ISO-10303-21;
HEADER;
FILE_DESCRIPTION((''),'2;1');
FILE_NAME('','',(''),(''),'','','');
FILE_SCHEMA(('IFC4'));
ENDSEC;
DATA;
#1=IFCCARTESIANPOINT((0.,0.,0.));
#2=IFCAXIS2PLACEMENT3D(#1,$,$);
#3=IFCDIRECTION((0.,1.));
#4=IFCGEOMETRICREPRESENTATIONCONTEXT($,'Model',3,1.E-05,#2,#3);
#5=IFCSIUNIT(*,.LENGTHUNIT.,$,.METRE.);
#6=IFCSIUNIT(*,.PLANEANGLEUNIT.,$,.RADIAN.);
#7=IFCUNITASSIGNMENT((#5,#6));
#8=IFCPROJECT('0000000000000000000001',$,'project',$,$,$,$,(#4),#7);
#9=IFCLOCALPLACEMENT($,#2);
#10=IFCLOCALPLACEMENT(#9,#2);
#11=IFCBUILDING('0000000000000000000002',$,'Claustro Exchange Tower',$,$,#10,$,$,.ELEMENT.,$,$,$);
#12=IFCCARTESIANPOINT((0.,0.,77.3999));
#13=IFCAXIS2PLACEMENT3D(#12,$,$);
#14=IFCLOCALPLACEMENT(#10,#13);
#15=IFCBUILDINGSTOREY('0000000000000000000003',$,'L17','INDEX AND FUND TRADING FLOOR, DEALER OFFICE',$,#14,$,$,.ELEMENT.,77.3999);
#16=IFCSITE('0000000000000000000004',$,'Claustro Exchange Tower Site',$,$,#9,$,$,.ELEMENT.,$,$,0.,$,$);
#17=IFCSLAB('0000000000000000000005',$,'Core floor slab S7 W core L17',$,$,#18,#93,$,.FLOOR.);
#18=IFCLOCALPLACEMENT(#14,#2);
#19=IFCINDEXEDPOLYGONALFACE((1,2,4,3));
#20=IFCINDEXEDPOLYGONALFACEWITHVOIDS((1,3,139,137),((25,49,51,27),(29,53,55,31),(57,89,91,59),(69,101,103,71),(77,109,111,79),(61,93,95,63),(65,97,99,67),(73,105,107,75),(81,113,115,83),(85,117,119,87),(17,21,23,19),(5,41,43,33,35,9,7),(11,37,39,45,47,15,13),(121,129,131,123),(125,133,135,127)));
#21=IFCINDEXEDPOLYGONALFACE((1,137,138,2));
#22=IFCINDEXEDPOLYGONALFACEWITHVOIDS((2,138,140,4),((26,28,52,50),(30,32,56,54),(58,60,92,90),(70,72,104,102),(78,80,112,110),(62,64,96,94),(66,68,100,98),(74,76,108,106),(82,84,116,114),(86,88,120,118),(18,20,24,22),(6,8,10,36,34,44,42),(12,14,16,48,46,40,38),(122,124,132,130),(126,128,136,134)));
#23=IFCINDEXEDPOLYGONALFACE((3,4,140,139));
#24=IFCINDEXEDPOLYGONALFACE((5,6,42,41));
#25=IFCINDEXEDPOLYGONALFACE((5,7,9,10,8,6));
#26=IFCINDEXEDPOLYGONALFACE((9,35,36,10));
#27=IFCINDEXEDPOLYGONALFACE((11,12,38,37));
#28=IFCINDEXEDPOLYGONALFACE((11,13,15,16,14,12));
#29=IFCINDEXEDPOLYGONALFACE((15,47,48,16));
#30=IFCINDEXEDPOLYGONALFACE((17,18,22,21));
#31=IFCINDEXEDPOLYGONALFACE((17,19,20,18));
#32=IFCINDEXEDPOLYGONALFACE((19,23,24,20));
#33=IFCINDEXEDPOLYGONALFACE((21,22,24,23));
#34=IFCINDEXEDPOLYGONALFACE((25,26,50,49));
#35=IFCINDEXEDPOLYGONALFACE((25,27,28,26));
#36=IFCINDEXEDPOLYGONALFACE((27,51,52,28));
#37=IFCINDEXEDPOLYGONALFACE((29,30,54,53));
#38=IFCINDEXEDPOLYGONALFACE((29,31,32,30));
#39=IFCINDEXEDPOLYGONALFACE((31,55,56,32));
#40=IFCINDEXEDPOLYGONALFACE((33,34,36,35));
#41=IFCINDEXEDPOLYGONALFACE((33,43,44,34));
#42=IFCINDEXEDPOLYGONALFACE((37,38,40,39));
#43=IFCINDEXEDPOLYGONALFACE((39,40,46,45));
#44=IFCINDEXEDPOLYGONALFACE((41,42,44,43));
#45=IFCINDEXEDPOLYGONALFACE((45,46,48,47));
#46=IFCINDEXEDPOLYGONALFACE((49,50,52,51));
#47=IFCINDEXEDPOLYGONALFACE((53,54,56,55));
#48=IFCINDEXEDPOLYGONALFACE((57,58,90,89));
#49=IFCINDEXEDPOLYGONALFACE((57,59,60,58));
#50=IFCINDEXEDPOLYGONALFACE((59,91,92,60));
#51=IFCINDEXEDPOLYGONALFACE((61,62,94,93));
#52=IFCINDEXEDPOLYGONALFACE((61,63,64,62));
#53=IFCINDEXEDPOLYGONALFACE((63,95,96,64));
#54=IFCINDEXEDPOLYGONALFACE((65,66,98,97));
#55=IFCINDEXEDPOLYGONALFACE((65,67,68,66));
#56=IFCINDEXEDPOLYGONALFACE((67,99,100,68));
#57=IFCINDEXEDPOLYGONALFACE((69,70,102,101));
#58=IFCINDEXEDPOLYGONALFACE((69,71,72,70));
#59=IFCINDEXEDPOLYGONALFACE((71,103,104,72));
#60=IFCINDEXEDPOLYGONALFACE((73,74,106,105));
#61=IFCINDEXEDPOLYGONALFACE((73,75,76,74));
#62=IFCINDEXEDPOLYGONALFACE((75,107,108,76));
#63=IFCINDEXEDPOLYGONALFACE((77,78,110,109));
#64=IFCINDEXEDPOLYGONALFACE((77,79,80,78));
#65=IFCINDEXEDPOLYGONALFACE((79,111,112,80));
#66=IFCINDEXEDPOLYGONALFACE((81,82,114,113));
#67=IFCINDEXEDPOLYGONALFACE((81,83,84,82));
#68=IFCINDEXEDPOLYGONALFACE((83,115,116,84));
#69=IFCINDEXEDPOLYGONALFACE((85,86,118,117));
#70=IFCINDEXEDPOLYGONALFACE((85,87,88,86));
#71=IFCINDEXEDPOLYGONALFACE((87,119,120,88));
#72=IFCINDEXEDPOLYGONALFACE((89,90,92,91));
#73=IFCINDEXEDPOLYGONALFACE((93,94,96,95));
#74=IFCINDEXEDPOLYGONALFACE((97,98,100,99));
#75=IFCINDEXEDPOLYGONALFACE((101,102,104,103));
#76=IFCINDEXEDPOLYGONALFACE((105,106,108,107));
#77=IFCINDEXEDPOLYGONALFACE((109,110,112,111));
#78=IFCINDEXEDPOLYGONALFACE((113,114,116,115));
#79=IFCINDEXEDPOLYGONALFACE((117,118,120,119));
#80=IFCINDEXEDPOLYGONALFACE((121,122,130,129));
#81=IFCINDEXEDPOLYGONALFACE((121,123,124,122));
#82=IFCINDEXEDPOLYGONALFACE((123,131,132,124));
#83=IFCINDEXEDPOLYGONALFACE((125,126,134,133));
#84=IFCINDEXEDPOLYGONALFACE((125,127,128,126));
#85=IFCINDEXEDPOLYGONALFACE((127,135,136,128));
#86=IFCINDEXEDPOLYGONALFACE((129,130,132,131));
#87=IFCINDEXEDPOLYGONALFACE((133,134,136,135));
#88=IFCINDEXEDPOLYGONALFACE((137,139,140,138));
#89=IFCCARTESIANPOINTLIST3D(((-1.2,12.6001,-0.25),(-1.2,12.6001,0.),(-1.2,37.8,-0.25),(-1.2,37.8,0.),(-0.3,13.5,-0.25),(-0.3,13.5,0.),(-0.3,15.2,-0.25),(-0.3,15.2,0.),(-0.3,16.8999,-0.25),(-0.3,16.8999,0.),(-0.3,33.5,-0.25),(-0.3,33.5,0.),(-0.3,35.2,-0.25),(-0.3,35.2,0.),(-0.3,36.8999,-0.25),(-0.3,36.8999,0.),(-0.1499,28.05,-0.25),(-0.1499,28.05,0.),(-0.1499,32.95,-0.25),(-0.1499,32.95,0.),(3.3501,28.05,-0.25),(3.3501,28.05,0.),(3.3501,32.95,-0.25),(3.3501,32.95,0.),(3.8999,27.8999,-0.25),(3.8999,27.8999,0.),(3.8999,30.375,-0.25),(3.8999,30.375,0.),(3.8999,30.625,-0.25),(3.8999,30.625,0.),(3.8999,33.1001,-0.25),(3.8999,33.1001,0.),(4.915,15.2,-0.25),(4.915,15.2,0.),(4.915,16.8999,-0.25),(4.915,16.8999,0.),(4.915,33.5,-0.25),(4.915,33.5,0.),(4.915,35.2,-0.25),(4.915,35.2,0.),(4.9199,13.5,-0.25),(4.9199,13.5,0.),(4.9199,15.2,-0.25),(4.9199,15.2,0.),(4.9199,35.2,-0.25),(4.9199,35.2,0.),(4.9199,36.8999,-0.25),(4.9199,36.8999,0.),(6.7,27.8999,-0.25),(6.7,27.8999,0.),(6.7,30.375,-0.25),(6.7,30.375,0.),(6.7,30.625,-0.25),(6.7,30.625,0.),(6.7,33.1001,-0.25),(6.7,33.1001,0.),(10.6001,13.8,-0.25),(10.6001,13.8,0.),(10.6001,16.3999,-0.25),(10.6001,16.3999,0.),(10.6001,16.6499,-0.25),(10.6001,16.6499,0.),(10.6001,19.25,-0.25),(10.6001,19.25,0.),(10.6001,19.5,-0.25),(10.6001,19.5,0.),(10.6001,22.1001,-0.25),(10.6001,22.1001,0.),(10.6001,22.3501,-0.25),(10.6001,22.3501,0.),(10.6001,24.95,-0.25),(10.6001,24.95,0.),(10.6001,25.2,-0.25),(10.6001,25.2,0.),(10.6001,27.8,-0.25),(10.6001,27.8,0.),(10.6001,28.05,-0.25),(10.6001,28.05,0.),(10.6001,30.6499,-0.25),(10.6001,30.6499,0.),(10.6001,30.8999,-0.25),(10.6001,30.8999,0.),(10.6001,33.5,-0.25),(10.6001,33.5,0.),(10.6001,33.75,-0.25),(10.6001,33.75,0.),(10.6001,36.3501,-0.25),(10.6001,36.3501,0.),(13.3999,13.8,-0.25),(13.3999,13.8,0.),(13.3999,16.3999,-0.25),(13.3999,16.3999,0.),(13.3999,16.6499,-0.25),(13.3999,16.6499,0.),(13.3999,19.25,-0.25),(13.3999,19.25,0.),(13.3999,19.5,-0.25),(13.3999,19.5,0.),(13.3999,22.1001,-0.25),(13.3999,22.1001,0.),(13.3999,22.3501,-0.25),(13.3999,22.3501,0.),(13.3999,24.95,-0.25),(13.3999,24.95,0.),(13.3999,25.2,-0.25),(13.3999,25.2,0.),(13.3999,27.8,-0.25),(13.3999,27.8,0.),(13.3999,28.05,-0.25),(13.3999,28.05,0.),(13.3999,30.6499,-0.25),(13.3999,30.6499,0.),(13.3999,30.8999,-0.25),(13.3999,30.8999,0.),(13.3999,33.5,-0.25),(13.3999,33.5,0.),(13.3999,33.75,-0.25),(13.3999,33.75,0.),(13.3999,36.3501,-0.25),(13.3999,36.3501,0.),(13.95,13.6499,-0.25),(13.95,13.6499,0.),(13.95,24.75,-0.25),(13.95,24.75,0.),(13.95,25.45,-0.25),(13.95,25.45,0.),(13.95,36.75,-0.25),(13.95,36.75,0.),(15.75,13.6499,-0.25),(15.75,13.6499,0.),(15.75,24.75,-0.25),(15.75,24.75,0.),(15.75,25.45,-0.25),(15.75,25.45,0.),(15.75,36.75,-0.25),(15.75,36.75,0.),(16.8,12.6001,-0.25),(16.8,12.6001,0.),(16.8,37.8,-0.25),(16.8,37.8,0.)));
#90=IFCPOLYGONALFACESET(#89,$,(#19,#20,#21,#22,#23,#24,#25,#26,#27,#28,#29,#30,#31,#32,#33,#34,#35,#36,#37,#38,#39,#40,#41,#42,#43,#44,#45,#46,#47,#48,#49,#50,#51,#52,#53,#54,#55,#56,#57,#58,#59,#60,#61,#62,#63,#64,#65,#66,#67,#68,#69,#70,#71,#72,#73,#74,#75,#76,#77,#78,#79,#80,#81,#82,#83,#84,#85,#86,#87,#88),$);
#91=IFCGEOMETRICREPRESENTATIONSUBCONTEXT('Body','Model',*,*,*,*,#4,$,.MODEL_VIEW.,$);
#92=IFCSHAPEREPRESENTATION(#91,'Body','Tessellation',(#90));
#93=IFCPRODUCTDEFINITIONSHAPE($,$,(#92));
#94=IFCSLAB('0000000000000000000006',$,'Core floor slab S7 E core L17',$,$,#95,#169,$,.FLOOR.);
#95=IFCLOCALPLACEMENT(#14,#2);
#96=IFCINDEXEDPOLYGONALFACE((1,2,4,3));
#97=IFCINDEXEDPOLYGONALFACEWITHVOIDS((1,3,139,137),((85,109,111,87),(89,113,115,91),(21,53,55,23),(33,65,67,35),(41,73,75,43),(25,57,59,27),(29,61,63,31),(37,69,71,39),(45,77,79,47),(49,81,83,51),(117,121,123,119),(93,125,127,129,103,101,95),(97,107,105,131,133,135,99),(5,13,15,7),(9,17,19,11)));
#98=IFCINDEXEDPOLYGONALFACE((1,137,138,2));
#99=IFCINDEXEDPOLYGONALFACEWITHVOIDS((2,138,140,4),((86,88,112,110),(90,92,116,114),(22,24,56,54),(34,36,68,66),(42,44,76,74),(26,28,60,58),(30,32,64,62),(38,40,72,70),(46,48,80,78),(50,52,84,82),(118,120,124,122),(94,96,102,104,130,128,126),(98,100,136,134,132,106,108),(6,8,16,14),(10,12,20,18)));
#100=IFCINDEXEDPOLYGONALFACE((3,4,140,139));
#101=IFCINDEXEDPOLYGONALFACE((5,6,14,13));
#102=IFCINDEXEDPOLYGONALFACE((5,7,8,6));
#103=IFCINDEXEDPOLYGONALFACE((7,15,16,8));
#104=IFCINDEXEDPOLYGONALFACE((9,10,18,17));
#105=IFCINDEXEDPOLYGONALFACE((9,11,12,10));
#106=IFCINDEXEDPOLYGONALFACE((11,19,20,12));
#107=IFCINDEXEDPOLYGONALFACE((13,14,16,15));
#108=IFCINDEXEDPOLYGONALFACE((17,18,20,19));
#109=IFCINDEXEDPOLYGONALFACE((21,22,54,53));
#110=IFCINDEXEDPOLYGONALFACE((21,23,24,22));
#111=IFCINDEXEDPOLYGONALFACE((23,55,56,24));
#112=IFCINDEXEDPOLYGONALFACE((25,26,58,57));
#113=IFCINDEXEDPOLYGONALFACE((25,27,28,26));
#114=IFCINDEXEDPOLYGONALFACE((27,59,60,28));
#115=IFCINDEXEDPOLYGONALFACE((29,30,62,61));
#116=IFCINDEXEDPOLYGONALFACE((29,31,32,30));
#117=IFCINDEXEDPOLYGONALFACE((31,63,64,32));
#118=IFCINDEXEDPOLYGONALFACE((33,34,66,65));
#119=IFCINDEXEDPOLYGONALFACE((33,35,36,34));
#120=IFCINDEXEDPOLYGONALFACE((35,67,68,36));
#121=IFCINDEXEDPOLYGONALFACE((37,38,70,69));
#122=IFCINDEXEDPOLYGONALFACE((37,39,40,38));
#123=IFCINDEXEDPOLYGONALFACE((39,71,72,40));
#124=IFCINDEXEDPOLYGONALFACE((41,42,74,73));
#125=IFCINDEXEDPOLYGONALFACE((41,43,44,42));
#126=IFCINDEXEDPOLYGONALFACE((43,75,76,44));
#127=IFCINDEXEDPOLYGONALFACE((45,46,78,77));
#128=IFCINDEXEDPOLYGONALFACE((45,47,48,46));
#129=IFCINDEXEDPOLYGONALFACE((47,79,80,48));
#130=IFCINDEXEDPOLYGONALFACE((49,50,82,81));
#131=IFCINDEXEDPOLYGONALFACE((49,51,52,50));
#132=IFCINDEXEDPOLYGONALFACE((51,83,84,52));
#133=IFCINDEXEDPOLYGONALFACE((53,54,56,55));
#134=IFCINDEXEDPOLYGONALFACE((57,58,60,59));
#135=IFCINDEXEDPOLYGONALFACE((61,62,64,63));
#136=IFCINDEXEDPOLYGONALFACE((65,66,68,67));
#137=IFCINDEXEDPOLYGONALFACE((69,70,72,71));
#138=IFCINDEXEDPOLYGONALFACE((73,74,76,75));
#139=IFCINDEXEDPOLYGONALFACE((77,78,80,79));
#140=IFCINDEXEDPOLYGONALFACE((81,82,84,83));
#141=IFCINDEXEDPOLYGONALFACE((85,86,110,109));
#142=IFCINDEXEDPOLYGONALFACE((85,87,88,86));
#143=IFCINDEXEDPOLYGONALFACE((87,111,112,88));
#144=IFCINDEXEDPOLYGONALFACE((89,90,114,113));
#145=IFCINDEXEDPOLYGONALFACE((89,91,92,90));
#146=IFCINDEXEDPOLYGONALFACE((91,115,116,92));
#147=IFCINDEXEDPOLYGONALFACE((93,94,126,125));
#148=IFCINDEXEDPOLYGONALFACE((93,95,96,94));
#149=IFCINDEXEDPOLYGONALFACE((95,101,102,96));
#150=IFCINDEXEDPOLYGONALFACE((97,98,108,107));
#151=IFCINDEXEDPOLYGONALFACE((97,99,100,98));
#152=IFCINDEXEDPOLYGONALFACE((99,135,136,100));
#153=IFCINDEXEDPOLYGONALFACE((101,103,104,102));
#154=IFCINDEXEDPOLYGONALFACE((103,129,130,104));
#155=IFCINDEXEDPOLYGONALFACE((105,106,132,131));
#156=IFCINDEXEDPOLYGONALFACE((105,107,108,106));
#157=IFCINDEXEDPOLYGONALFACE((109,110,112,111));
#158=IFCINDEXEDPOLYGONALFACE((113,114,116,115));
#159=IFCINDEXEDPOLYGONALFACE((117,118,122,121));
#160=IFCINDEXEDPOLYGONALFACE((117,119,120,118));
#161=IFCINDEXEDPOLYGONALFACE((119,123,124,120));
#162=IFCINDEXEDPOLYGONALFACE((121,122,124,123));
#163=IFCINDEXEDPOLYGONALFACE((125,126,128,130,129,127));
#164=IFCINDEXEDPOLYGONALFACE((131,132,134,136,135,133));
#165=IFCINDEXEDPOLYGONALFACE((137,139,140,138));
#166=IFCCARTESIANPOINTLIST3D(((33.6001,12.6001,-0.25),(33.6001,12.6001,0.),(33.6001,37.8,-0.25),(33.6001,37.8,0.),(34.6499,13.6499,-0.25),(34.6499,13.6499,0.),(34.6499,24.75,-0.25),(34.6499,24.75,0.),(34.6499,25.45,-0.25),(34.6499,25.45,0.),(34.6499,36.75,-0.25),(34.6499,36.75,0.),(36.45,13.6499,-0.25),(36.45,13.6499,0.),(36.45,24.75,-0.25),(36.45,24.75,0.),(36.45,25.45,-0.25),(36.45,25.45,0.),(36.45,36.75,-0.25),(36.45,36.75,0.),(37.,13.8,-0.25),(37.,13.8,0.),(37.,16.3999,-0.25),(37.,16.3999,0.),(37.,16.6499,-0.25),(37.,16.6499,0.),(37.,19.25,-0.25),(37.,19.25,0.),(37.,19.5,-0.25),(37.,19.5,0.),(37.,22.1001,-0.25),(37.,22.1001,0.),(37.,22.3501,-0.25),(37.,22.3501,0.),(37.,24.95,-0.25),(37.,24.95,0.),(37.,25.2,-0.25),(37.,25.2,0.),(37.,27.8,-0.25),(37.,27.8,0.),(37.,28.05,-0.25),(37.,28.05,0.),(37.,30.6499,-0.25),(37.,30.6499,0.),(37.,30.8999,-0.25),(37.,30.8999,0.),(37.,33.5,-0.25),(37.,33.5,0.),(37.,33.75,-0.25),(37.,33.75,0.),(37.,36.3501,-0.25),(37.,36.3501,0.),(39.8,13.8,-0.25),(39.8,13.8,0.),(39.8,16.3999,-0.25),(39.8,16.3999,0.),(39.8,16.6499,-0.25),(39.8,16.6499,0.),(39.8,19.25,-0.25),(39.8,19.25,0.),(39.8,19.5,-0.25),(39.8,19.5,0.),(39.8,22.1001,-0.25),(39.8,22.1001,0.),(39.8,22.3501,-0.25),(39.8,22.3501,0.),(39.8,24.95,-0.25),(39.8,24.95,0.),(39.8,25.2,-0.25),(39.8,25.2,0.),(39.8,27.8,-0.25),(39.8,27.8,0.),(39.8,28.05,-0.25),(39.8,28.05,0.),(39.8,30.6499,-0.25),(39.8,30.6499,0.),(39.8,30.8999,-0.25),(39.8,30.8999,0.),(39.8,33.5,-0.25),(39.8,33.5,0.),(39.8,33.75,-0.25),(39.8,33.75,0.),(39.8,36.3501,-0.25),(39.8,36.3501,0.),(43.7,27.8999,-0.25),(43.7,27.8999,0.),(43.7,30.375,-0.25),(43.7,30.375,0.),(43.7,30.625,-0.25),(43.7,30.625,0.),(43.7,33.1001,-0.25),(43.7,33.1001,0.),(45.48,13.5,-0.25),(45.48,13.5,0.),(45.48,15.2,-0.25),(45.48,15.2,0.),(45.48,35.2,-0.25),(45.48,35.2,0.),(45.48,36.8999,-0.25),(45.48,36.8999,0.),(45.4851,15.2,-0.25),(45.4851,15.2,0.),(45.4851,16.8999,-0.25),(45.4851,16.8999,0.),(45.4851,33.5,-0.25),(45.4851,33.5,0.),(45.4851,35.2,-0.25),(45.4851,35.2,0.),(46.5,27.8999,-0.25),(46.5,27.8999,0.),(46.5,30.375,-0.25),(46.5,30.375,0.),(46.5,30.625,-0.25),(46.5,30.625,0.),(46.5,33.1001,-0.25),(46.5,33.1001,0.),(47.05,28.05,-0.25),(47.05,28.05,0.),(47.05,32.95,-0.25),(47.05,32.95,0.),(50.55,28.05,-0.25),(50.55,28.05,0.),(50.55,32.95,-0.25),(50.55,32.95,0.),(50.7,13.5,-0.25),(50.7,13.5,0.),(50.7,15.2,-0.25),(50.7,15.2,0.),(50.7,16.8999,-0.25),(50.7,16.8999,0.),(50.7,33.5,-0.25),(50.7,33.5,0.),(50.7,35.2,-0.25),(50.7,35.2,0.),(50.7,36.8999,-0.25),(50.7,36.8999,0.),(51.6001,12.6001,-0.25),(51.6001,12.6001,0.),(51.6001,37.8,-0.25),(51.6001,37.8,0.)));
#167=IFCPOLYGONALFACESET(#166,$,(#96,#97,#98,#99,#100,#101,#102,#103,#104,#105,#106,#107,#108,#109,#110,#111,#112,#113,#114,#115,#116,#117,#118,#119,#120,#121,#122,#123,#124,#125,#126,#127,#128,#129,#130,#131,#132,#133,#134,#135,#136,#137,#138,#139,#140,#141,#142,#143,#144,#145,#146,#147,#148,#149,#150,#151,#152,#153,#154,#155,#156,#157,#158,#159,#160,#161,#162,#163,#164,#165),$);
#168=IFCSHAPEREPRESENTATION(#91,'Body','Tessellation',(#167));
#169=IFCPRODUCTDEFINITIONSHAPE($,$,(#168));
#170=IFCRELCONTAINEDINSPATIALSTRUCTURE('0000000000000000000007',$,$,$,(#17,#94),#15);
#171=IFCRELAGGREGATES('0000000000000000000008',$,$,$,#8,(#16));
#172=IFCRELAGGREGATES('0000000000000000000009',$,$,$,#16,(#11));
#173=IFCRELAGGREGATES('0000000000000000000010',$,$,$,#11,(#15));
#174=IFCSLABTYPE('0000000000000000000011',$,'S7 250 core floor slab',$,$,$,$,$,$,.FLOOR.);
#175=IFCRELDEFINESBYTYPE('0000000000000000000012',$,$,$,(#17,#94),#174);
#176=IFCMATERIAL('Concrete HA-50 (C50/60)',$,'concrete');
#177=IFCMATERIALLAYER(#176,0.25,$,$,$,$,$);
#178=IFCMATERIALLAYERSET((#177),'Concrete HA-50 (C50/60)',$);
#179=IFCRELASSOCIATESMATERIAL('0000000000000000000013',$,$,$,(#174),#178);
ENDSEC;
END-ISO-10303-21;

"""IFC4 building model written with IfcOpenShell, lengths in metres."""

from ifc_helpers import new_model, si_unit, direction, frame, origin, place, context, subcontext, project, spatial, polyline, outline, extrude, material, layer, layer_set, type_object, element, save


model = new_model("IFC4")

# Units and contexts
model_context = context("Model", 3, precision=1e-05, world=origin(), true_north=direction((0.0, 1.0)))
body_context = subcontext(model_context, "Body", "Model", "MODEL_VIEW")
ifc_project = project(units=[si_unit("LENGTHUNIT", "METRE"), si_unit("PLANEANGLEUNIT", "RADIAN")], contexts=[model_context])

# Site, building, storey
site_placement = place(None, origin())
site = spatial("IfcSite", under=ifc_project, at=site_placement, Name="Claustro Exchange Tower Site", CompositionType="ELEMENT", RefElevation=0.0)
building_placement = place(site_placement, origin())
building = spatial("IfcBuilding", under=site, at=building_placement, Name="Claustro Exchange Tower", CompositionType="ELEMENT")
storey_placement = place(building_placement, frame((0.0, 0.0, 77.3999)))
storey = spatial("IfcBuildingStorey", under=building, at=storey_placement, Name="L17", Description="INDEX AND FUND TRADING FLOOR, DEALER OFFICE", CompositionType="ELEMENT", Elevation=77.3999)

# Slabs
ifc_material_1 = material(Name="Concrete HA-50 (C50/60)", Category="concrete")
ifc_layer_1 = layer(ifc_material_1, 0.25)
ifc_layer_set_1 = layer_set([ifc_layer_1], Name="Concrete HA-50 (C50/60)")
slab_type_1 = type_object("IfcSlabType", Name="S7 250 core floor slab", PredefinedType="FLOOR", material=ifc_layer_set_1)
slab_1_placement = place(storey_placement, frame((0.0, 0.0, -0.25)))
element("IfcSlab", 1, at=slab_1_placement, inside=storey, type_object=slab_type_1, Name="Core floor slab S7 W core L17", PredefinedType="FLOOR", context=body_context, shape_type="SweptSolid", body=[
    extrude(outline(polyline([(-1.2, 12.6001), (16.8, 12.6001), (16.8, 37.8), (-1.2, 37.8), (-1.2, 12.6001)]), holes=[polyline([(15.75, 24.75), (15.75, 13.6499), (13.95, 13.6499), (13.95, 24.75), (15.75, 24.75)]), polyline([(15.75, 36.75), (15.75, 25.45), (13.95, 25.45), (13.95, 36.75), (15.75, 36.75)]), polyline([(10.6001, 16.3999), (13.3999, 16.3999), (13.3999, 13.8), (10.6001, 13.8), (10.6001, 16.3999)]), polyline([(13.3999, 19.25), (13.3999, 16.6499), (10.6001, 16.6499), (10.6001, 19.25), (13.3999, 19.25)]), polyline([(13.3999, 22.1001), (13.3999, 19.5), (10.6001, 19.5), (10.6001, 22.1001), (13.3999, 22.1001)]), polyline([(13.3999, 24.95), (13.3999, 22.3501), (10.6001, 22.3501), (10.6001, 24.95), (13.3999, 24.95)]), polyline([(13.3999, 27.8), (13.3999, 25.2), (10.6001, 25.2), (10.6001, 27.8), (13.3999, 27.8)]), polyline([(13.3999, 30.6499), (13.3999, 28.05), (10.6001, 28.05), (10.6001, 30.6499), (13.3999, 30.6499)]), polyline([(13.3999, 33.5), (13.3999, 30.8999), (10.6001, 30.8999), (10.6001, 33.5), (13.3999, 33.5)]), polyline([(13.3999, 36.3501), (13.3999, 33.75), (10.6001, 33.75), (10.6001, 36.3501), (13.3999, 36.3501)]), polyline([(6.7, 30.375), (6.7, 27.8999), (3.8999, 27.8999), (3.8999, 30.375), (6.7, 30.375)]), polyline([(6.7, 33.1001), (6.7, 30.625), (3.8999, 30.625), (3.8999, 33.1001), (6.7, 33.1001)]), polyline([(-0.3, 15.2), (-0.3, 16.8999), (4.915, 16.8999), (4.915, 15.2), (4.9199, 15.2), (4.9199, 13.5), (-0.3, 13.5), (-0.3, 15.2)]), polyline([(-0.3, 36.8999), (4.9199, 36.8999), (4.9199, 35.2), (4.915, 35.2), (4.915, 33.5), (-0.3, 33.5), (-0.3, 35.2), (-0.3, 36.8999)]), polyline([(3.3501, 32.95), (3.3501, 28.05), (-0.1499, 28.05), (-0.1499, 32.95), (3.3501, 32.95)])]), origin(), (0.0, 0.0, 1.0), 0.25),
])
slab_2_placement = place(storey_placement, frame((0.0, 0.0, -0.25)))
element("IfcSlab", 2, at=slab_2_placement, inside=storey, type_object=slab_type_1, Name="Core floor slab S7 E core L17", PredefinedType="FLOOR", context=body_context, shape_type="SweptSolid", body=[
    extrude(outline(polyline([(33.6001, 12.6001), (51.6001, 12.6001), (51.6001, 37.8), (33.6001, 37.8), (33.6001, 12.6001)]), holes=[polyline([(45.48, 35.2), (45.48, 36.8999), (50.7, 36.8999), (50.7, 35.2), (50.7, 33.5), (45.4851, 33.5), (45.4851, 35.2), (45.48, 35.2)]), polyline([(45.4851, 15.2), (45.4851, 16.8999), (50.7, 16.8999), (50.7, 15.2), (50.7, 13.5), (45.48, 13.5), (45.48, 15.2), (45.4851, 15.2)]), polyline([(50.55, 32.95), (50.55, 28.05), (47.05, 28.05), (47.05, 32.95), (50.55, 32.95)]), polyline([(46.5, 30.375), (46.5, 27.8999), (43.7, 27.8999), (43.7, 30.375), (46.5, 30.375)]), polyline([(46.5, 33.1001), (46.5, 30.625), (43.7, 30.625), (43.7, 33.1001), (46.5, 33.1001)]), polyline([(37.0, 16.3999), (39.8, 16.3999), (39.8, 13.8), (37.0, 13.8), (37.0, 16.3999)]), polyline([(39.8, 19.25), (39.8, 16.6499), (37.0, 16.6499), (37.0, 19.25), (39.8, 19.25)]), polyline([(39.8, 22.1001), (39.8, 19.5), (37.0, 19.5), (37.0, 22.1001), (39.8, 22.1001)]), polyline([(39.8, 24.95), (39.8, 22.3501), (37.0, 22.3501), (37.0, 24.95), (39.8, 24.95)]), polyline([(39.8, 27.8), (39.8, 25.2), (37.0, 25.2), (37.0, 27.8), (39.8, 27.8)]), polyline([(39.8, 30.6499), (39.8, 28.05), (37.0, 28.05), (37.0, 30.6499), (39.8, 30.6499)]), polyline([(39.8, 33.5), (39.8, 30.8999), (37.0, 30.8999), (37.0, 33.5), (39.8, 33.5)]), polyline([(39.8, 36.3501), (39.8, 33.75), (37.0, 33.75), (37.0, 36.3501), (39.8, 36.3501)]), polyline([(36.45, 24.75), (36.45, 13.6499), (34.6499, 13.6499), (34.6499, 24.75), (36.45, 24.75)]), polyline([(36.45, 36.75), (36.45, 25.45), (34.6499, 25.45), (34.6499, 36.75), (36.45, 36.75)])]), origin(), (0.0, 0.0, 1.0), 0.25),
])

save(model, "model.ifc")
